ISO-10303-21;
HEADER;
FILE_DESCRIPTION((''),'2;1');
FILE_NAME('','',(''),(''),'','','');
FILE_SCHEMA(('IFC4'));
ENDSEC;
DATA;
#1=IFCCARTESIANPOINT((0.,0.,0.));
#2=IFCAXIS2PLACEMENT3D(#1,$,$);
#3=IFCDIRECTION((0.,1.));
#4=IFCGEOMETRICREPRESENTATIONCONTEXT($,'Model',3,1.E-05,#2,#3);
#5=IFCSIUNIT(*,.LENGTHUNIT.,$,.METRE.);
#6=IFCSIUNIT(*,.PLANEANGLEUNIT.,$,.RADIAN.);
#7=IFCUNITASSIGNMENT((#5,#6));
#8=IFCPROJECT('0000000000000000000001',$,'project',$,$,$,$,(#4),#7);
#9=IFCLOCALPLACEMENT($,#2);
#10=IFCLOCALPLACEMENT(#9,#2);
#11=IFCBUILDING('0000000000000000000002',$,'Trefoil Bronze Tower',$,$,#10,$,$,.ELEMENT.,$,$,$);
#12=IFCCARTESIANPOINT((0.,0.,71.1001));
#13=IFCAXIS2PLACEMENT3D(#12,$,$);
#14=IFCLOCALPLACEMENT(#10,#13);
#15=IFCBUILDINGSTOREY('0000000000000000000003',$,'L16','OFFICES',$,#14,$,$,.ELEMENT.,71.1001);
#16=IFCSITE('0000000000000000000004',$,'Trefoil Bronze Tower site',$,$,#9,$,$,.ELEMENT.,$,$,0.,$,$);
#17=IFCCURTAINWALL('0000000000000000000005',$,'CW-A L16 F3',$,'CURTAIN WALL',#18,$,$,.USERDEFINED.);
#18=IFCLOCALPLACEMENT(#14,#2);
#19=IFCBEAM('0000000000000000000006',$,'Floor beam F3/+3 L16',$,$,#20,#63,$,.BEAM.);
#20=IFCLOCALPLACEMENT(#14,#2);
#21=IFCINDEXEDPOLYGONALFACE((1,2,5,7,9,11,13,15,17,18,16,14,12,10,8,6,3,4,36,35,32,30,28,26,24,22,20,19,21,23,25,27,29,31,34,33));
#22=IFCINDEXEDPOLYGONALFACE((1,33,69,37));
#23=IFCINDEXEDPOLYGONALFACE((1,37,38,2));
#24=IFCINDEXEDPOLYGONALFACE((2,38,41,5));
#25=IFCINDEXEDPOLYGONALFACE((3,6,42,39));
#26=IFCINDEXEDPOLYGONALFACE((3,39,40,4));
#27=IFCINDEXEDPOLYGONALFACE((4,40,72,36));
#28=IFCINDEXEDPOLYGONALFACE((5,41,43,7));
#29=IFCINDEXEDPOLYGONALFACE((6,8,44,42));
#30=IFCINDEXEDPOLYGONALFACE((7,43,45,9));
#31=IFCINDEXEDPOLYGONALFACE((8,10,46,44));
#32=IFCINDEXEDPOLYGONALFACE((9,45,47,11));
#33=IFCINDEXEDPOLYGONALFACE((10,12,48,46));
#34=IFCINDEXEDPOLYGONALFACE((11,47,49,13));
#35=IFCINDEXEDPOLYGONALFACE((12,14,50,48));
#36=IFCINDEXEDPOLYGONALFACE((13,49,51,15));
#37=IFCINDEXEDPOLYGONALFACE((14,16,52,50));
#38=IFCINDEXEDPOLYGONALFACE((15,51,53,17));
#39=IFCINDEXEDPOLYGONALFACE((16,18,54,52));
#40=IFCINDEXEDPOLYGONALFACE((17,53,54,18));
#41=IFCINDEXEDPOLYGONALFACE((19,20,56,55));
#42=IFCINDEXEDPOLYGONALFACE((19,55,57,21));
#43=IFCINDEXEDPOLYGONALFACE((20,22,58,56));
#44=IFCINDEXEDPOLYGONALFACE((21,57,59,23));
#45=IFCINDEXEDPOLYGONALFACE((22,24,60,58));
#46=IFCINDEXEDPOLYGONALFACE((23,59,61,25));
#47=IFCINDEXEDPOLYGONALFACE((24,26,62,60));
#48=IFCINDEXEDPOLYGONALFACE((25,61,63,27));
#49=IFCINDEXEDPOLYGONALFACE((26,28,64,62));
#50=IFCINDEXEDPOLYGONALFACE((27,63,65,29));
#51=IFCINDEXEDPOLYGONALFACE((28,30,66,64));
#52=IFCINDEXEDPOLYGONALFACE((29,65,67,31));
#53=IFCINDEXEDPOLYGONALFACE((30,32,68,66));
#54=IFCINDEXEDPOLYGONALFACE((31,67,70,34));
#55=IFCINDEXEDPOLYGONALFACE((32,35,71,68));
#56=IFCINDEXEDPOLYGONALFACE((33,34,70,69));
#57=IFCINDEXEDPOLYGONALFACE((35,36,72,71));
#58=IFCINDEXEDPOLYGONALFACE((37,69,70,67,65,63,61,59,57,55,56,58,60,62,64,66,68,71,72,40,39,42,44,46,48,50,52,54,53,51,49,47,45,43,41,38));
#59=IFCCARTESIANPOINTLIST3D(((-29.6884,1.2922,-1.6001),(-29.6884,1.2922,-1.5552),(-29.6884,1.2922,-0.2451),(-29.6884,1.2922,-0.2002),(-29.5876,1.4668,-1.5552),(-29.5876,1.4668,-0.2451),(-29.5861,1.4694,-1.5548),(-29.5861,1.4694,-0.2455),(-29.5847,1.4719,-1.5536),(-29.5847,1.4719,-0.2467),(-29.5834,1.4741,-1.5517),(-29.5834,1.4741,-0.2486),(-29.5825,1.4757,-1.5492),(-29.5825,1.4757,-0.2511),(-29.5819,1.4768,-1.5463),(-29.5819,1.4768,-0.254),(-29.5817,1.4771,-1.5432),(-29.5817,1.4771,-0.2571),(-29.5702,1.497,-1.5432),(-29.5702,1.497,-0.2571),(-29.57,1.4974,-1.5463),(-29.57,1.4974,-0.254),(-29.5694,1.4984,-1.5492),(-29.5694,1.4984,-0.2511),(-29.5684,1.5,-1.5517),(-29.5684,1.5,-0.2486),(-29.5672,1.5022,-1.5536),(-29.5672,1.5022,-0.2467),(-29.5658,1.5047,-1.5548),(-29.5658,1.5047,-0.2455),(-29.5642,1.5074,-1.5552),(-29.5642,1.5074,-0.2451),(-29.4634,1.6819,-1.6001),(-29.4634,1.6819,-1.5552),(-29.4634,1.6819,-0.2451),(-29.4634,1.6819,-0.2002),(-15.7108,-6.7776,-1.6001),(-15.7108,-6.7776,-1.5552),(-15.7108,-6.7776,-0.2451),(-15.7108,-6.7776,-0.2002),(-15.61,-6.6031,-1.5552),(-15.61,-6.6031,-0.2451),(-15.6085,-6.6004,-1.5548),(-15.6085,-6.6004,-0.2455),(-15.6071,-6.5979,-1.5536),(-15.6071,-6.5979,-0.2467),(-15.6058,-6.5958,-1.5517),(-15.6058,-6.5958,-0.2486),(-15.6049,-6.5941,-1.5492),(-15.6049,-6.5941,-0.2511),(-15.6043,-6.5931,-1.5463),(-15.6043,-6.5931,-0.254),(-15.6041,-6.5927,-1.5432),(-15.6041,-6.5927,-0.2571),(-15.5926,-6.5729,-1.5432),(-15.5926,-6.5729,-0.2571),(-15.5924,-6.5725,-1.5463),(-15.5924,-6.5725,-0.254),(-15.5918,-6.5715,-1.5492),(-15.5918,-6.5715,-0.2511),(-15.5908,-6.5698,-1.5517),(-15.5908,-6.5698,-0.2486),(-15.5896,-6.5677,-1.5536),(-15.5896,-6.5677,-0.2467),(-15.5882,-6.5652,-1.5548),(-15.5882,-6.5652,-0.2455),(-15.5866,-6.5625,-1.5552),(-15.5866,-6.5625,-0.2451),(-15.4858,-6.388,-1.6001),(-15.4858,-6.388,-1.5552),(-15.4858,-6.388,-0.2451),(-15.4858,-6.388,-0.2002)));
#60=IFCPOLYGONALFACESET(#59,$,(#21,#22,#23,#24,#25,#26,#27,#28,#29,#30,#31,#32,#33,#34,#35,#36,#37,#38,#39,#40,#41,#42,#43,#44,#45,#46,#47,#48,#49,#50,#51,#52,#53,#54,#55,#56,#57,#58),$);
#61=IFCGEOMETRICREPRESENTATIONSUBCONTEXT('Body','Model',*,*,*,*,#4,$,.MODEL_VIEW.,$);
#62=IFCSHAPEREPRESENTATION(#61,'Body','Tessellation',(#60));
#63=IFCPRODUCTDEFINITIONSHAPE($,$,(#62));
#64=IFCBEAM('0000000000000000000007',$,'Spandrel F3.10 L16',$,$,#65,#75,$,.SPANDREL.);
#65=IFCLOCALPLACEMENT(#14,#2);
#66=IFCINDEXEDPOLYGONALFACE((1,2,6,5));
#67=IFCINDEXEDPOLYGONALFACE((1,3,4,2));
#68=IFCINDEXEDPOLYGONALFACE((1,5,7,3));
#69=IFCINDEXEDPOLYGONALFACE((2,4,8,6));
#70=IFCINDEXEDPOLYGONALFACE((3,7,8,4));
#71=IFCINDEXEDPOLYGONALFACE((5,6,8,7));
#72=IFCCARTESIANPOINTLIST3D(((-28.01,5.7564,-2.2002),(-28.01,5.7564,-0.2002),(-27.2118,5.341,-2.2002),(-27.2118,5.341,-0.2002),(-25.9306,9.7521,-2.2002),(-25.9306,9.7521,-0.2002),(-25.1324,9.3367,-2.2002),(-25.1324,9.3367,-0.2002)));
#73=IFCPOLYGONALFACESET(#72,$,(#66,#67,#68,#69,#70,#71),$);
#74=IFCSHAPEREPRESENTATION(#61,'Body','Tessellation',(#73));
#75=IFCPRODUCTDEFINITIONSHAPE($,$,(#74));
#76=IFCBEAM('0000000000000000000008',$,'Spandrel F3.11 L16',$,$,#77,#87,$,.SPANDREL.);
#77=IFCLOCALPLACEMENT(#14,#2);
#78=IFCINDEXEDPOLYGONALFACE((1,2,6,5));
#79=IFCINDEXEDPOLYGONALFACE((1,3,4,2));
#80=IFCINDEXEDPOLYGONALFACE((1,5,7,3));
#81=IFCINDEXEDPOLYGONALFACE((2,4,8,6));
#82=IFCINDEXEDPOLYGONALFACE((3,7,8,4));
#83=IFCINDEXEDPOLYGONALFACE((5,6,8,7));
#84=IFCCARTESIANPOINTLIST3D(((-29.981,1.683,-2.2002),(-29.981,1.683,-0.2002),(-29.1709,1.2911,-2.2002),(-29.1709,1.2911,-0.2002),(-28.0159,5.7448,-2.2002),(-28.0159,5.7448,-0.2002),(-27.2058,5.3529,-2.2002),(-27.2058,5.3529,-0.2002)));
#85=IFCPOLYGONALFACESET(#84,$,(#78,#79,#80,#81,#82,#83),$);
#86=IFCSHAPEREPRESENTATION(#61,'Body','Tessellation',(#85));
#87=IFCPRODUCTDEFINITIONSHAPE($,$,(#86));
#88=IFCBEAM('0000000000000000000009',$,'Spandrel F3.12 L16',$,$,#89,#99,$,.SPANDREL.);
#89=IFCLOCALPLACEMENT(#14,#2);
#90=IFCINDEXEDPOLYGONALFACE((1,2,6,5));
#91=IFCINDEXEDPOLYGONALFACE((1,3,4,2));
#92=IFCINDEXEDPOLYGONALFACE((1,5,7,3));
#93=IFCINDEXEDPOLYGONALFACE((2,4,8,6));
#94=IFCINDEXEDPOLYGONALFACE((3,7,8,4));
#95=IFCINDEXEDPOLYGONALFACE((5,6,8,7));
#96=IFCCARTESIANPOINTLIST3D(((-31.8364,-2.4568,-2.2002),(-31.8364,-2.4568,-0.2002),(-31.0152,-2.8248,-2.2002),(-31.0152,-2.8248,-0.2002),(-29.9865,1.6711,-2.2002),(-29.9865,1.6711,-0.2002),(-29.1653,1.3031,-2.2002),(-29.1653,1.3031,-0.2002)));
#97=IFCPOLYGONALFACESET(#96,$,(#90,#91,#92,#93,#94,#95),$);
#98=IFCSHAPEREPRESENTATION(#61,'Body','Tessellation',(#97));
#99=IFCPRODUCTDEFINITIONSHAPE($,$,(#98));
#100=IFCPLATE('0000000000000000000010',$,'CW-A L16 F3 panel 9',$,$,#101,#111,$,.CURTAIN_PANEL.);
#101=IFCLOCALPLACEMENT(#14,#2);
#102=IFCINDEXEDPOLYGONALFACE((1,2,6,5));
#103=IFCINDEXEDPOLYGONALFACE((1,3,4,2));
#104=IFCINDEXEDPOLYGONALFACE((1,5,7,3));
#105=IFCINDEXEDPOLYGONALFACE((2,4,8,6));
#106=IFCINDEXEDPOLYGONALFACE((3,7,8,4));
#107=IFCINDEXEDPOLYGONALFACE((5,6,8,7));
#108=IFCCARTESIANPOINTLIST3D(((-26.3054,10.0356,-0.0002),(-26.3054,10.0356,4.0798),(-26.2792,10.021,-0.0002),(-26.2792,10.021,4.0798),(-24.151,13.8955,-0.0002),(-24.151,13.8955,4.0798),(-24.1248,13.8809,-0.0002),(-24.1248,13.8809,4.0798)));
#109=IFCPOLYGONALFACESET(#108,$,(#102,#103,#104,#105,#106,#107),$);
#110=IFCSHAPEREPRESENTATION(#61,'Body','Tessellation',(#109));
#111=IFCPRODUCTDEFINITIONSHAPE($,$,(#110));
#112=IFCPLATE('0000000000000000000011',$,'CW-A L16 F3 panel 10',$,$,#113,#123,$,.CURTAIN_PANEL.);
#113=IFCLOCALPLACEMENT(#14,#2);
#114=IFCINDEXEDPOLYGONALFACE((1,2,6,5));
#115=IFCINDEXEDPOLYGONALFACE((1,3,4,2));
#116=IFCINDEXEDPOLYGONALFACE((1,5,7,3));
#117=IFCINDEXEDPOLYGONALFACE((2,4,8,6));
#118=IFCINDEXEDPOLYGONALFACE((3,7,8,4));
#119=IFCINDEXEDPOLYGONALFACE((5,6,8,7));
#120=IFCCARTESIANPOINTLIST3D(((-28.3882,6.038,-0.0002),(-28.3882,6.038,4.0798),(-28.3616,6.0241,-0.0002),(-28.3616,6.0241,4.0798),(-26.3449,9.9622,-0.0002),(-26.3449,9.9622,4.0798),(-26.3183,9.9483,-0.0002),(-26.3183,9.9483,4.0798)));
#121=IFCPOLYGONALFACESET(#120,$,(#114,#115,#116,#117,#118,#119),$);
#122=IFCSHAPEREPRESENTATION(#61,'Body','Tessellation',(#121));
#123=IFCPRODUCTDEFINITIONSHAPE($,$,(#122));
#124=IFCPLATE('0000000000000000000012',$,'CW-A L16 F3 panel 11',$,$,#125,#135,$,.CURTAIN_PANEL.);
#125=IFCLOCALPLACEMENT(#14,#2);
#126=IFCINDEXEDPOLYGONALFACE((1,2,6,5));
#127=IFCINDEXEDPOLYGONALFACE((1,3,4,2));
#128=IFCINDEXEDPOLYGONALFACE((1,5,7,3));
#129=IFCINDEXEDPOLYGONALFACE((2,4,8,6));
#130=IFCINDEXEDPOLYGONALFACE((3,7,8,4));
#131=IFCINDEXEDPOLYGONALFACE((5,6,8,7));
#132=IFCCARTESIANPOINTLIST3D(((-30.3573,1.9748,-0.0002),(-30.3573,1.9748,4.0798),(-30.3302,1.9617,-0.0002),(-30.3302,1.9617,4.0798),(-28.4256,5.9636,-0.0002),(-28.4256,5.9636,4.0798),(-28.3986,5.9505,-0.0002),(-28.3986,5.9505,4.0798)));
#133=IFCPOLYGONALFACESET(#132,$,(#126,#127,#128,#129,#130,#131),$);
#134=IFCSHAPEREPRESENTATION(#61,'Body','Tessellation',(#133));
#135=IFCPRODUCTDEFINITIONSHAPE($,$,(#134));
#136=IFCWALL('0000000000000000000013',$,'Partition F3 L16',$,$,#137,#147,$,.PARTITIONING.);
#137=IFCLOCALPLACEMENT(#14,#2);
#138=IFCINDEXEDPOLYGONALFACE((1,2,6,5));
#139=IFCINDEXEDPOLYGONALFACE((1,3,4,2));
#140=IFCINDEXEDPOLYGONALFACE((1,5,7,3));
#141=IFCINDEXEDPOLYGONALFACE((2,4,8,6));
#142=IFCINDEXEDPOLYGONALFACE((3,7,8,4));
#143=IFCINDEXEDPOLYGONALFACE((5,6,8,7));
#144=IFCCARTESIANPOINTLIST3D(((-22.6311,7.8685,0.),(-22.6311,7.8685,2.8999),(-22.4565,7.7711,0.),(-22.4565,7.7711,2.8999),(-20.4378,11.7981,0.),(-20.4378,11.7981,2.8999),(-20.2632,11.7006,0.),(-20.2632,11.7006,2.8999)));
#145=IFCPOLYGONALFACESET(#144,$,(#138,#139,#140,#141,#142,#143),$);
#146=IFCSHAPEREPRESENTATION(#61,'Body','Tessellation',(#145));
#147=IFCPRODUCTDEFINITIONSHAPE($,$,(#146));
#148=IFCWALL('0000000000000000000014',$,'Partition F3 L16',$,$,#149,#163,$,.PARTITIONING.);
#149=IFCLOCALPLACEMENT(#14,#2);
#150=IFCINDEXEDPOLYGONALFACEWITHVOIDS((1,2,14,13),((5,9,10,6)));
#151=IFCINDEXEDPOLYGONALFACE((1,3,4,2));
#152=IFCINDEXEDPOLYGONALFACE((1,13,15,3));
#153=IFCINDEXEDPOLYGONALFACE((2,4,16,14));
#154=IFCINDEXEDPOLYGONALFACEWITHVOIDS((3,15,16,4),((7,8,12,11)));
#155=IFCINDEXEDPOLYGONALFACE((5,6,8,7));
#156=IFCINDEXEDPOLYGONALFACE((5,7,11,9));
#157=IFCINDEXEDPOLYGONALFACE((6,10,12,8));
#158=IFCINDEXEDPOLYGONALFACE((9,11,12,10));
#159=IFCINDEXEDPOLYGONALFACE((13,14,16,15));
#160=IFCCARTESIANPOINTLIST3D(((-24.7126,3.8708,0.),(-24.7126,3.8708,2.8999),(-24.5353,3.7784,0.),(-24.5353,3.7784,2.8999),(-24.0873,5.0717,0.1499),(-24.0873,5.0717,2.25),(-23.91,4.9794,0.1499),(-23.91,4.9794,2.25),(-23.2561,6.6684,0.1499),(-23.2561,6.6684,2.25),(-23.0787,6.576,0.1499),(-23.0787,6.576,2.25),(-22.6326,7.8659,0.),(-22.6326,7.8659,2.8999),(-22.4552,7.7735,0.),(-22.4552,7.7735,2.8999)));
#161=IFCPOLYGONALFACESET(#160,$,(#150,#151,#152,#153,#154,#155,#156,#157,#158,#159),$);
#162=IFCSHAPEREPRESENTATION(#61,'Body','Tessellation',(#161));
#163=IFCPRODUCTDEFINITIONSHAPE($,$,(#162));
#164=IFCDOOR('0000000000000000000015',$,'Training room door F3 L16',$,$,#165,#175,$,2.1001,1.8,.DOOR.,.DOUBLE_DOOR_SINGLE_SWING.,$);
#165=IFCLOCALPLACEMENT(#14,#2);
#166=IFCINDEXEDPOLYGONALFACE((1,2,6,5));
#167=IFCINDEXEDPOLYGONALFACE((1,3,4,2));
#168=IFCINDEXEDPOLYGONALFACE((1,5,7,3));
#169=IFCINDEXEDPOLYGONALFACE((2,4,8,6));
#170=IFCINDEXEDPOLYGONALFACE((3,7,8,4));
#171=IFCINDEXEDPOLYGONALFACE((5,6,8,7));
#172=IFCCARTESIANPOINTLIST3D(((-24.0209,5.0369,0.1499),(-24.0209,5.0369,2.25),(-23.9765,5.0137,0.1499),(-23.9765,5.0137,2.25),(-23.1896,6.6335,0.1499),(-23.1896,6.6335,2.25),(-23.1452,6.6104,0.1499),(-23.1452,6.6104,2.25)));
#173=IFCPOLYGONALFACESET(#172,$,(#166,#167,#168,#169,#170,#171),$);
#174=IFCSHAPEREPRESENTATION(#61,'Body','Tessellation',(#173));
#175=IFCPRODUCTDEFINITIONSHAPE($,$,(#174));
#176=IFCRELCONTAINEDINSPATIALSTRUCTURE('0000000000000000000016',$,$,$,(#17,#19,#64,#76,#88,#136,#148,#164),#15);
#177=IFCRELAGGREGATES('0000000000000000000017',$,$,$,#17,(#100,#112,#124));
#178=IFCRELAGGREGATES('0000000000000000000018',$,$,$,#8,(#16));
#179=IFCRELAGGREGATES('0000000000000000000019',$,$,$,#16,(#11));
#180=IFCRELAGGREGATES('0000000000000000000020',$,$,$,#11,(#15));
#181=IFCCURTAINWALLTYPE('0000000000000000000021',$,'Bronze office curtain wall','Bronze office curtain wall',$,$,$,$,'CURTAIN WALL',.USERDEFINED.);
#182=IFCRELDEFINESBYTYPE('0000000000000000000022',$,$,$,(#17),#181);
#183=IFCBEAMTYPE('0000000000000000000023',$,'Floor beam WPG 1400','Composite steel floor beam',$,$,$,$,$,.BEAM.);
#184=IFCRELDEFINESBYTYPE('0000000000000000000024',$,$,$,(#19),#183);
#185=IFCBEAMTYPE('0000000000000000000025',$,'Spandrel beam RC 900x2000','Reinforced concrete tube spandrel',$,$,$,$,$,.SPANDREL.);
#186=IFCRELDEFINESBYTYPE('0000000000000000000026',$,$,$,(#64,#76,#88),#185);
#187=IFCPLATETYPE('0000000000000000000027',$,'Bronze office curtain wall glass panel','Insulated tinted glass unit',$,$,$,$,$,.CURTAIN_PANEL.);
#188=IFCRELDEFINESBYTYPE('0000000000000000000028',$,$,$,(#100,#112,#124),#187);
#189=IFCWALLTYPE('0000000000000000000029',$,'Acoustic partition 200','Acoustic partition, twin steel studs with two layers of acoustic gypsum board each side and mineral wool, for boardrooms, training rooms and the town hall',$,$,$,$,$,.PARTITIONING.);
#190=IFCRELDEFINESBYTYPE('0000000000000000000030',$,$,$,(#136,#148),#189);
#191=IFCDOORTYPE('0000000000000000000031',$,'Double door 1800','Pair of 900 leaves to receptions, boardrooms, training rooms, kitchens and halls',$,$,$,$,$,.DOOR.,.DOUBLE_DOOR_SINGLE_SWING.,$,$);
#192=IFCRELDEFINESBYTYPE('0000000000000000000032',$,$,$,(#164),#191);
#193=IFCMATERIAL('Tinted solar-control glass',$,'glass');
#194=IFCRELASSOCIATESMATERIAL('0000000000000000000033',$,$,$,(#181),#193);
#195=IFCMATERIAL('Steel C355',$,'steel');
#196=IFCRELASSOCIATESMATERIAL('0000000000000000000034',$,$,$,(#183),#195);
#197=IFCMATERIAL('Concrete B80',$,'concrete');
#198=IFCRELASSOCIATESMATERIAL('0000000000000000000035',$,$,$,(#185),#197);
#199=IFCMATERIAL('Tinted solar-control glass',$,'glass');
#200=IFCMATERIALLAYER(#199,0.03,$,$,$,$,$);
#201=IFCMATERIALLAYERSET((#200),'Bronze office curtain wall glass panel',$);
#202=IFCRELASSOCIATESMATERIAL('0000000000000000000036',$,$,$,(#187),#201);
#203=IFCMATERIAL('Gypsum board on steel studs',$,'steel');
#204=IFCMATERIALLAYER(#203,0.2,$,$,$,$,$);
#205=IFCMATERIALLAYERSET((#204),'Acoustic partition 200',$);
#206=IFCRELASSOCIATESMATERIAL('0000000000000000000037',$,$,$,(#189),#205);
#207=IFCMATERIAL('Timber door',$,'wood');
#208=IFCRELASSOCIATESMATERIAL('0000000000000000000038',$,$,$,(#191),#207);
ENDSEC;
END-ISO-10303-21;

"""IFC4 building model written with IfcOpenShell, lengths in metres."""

from ifc_helpers import new_model, si_unit, direction, frame, frame_2d, origin, origin_2d, place, context, subcontext, project, spatial, rectangle, i_section, extrude, material, layer, layer_set, material_profile, profile_set, type_object, element, fill, aggregate, save


model = new_model("IFC4")

# Units and contexts
model_context = context("Model", 3, precision=1e-05, world=origin(), true_north=direction((0.0, 1.0)))
body_context = subcontext(model_context, "Body", "Model", "MODEL_VIEW")
ifc_project = project(units=[si_unit("LENGTHUNIT", "METRE"), si_unit("PLANEANGLEUNIT", "RADIAN")], contexts=[model_context])

# Site, building, storey
site_placement = place(None, origin())
site = spatial("IfcSite", under=ifc_project, at=site_placement, Name="Trefoil Bronze Tower site", CompositionType="ELEMENT", RefElevation=0.0)
building_placement = place(site_placement, origin())
building = spatial("IfcBuilding", under=site, at=building_placement, Name="Trefoil Bronze Tower", CompositionType="ELEMENT")
storey_placement = place(building_placement, frame((0.0, 0.0, 71.1001)))
storey = spatial("IfcBuildingStorey", under=building, at=storey_placement, Name="L16", Description="OFFICES", CompositionType="ELEMENT", Elevation=71.1001)

# Curtain wall
ifc_material_1 = material(Name="Tinted solar-control glass", Category="glass")
curtain_wall_type = type_object("IfcCurtainWallType", Name="Bronze office curtain wall", Description="Bronze office curtain wall", ElementType="CURTAIN WALL", PredefinedType="USERDEFINED", material=ifc_material_1)
curtain_wall_placement = place(storey_placement, origin())
curtain_wall = element("IfcCurtainWall", 1, at=curtain_wall_placement, inside=storey, type_object=curtain_wall_type, Name="CW-A L16 F3", ObjectType="CURTAIN WALL", PredefinedType="USERDEFINED")

# Beams
ifc_material_2 = material(Name="Steel C355", Category="steel")
ifc_material_profile_1 = material_profile(ifc_material_2, i_section(OverallWidth=0.45, OverallDepth=1.3999, WebThickness=0.0229, FlangeThickness=0.0449, FilletRadius=0.012, at=origin_2d()), Name="WPG 1400")
ifc_profile_set_1 = profile_set([ifc_material_profile_1], Name="Steel C355")
beam_type_1 = type_object("IfcBeamType", Name="Floor beam WPG 1400", Description="Composite steel floor beam", PredefinedType="BEAM", material=ifc_profile_set_1)
beam_1_placement = place(storey_placement, frame((-29.5759, 1.4871, -0.9001), z_axis=(0.866028, -0.499995, 0.0), x_axis=(0.499995, 0.866028, 0.0)))
element("IfcBeam", 2, at=beam_1_placement, inside=storey, type_object=beam_type_1, Name="Floor beam F3/+3 L16", PredefinedType="BEAM", context=body_context, shape_type="SweptSolid", body=[
    extrude(i_section(OverallWidth=0.45, OverallDepth=1.3999, WebThickness=0.0229, FlangeThickness=0.0449, FilletRadius=0.012, at=origin_2d()), origin(), (0.0, 0.0, 1.0), 16.1399),
])
ifc_material_3 = material(Name="Concrete B80", Category="concrete")
ifc_material_profile_2 = material_profile(ifc_material_3, rectangle(XDim=0.8999, YDim=2.0, at=origin_2d()), Name="RC 900x2000")
ifc_profile_set_2 = profile_set([ifc_material_profile_2], Name="Concrete B80")
beam_type_2 = type_object("IfcBeamType", Name="Spandrel beam RC 900x2000", Description="Reinforced concrete tube spandrel", PredefinedType="SPANDREL", material=ifc_profile_set_2)
beam_2_placement = place(storey_placement, frame((-25.5315, 9.5444, -1.2002), z_axis=(-0.461638, -0.887069, 0.0), x_axis=(0.887069, -0.461638, 0.0)))
element("IfcBeam", 3, at=beam_2_placement, inside=storey, type_object=beam_type_2, Name="Spandrel F3.10 L16", PredefinedType="SPANDREL", context=body_context, shape_type="SweptSolid", body=[
    extrude(rectangle(XDim=0.8999, YDim=2.0, at=origin_2d()), origin(), (0.0, 0.0, 1.0), 4.5044),
])
beam_3_placement = place(storey_placement, frame((-27.6108, 5.5488, -1.2002), z_axis=(-0.43551, -0.900184, 0.0), x_axis=(0.900184, -0.43551, 0.0)))
element("IfcBeam", 4, at=beam_3_placement, inside=storey, type_object=beam_type_2, Name="Spandrel F3.11 L16", PredefinedType="SPANDREL", context=body_context, shape_type="SweptSolid", body=[
    extrude(rectangle(XDim=0.8999, YDim=2.0, at=origin_2d()), origin(), (0.0, 0.0, 1.0), 4.5122),
])
beam_4_placement = place(storey_placement, frame((-29.5759, 1.4871, -1.2002), z_axis=(-0.408946, -0.912559, 0.0), x_axis=(0.912559, -0.408946, 0.0)))
element("IfcBeam", 5, at=beam_4_placement, inside=storey, type_object=beam_type_2, Name="Spandrel F3.12 L16", PredefinedType="SPANDREL", context=body_context, shape_type="SweptSolid", body=[
    extrude(rectangle(XDim=0.8999, YDim=2.0, at=origin_2d()), origin(), (0.0, 0.0, 1.0), 4.5234),
])

# Plates
ifc_material_4 = material(Name="Tinted solar-control glass", Category="glass")
ifc_layer_1 = layer(ifc_material_4, 0.03)
ifc_layer_set_1 = layer_set([ifc_layer_1], Name="Bronze office curtain wall glass panel")
plate_type = type_object("IfcPlateType", Name="Bronze office curtain wall glass panel", Description="Insulated tinted glass unit", PredefinedType="CURTAIN_PANEL", material=ifc_layer_set_1)
plate_1_placement = place(storey_placement, frame((-25.2151, 11.9583, -0.0002), z_axis=(0.0, 0.0, 1.0), x_axis=(-0.487382, -0.873189, 0.0)))
plate_1 = element("IfcPlate", 6, at=plate_1_placement, type_object=plate_type, Name="CW-A L16 F3 panel 9", PredefinedType="CURTAIN_PANEL", context=body_context, shape_type="SweptSolid", body=[
    extrude(rectangle(XDim=4.4204, YDim=0.03, at=origin_2d()), origin(), (0.0, 0.0, 1.0), 4.0801),
])
plate_2_placement = place(storey_placement, frame((-27.3533, 7.9932, -0.0002), z_axis=(0.0, 0.0, 1.0), x_axis=(-0.46183, -0.886969, 0.0)))
plate_2 = element("IfcPlate", 7, at=plate_2_placement, type_object=plate_type, Name="CW-A L16 F3 panel 10", PredefinedType="CURTAIN_PANEL", context=body_context, shape_type="SweptSolid", body=[
    extrude(rectangle(XDim=4.4243, YDim=0.03, at=origin_2d()), origin(), (0.0, 0.0, 1.0), 4.0801),
])
plate_3_placement = place(storey_placement, frame((-29.3779, 3.9626, -0.0002), z_axis=(0.0, 0.0, 1.0), x_axis=(-0.435855, -0.900017, 0.0)))
plate_3 = element("IfcPlate", 8, at=plate_3_placement, type_object=plate_type, Name="CW-A L16 F3 panel 11", PredefinedType="CURTAIN_PANEL", context=body_context, shape_type="SweptSolid", body=[
    extrude(rectangle(XDim=4.4319, YDim=0.03, at=origin_2d()), origin(), (0.0, 0.0, 1.0), 4.0801),
])
aggregate(curtain_wall, [plate_1, plate_2, plate_3])

# Wall
ifc_material_5 = material(Name="Gypsum board on steel studs", Category="steel")
ifc_layer_2 = layer(ifc_material_5, 0.2)
ifc_layer_set_2 = layer_set([ifc_layer_2], Name="Acoustic partition 200")
wall_type_1 = type_object("IfcWallType", Name="Acoustic partition 200", Description="Acoustic partition, twin steel studs with two layers of acoustic gypsum board each side and mineral wool, for boardrooms, training rooms and the town hall", PredefinedType="PARTITIONING", material=ifc_layer_set_2)
wall_1_placement = place(storey_placement, frame((-20.3506, 11.7493, 0.0), z_axis=(0.0, 0.0, 1.0), x_axis=(-0.487374, -0.873193, 0.0)))
element("IfcWall", 9, at=wall_1_placement, inside=storey, type_object=wall_type_1, Name="Partition F3 L16", PredefinedType="PARTITIONING", context=body_context, shape_type="SweptSolid", body=[
    extrude(rectangle(XDim=4.5002, YDim=0.2, at=frame_2d((2.25, 0.0))), origin(), (0.0, 0.0, 1.0), 2.8999),
])

# Wall, opening, door
wall_2_placement = place(storey_placement, frame((-22.5439, 7.8196, 0.0), z_axis=(0.0, 0.0, 1.0), x_axis=(-0.46181, -0.886979, 0.0)))
wall_2 = element("IfcWall", 10, at=wall_2_placement, inside=storey, type_object=wall_type_1, Name="Partition F3 L16", PredefinedType="PARTITIONING", context=body_context, shape_type="SweptSolid", body=[
    extrude(rectangle(XDim=4.5042, YDim=0.2, at=frame_2d((2.252, 0.0))), origin(), (0.0, 0.0, 1.0), 2.8999),
])
opening_1_placement = place(wall_2_placement, frame((1.3501, 0.0, 0.1499)))
opening_1 = element("IfcOpeningElement", 11, at=opening_1_placement, cuts=wall_2, PredefinedType="OPENING", context=body_context, shape_type="SweptSolid", body=[
    extrude(rectangle(XDim=1.8, YDim=2.1001, at=frame_2d((0.8999, 1.05))), frame((0.0, 0.1099, 0.0), z_axis=(0.0, -1.0, 0.0), x_axis=(1.0, 0.0, 0.0)), (0.0, 0.0, 1.0), 0.22),
])
ifc_material_6 = material(Name="Timber door", Category="wood")
door_type_1 = type_object("IfcDoorType", Name="Double door 1800", Description="Pair of 900 leaves to receptions, boardrooms, training rooms, kitchens and halls", OperationType="DOUBLE_DOOR_SINGLE_SWING", PredefinedType="DOOR", material=ifc_material_6)
door_1_placement = place(opening_1_placement, frame((1.8, 0.0, 0.0), z_axis=(0.0, 0.0, 1.0), x_axis=(-1.0, 0.0, 0.0)))
door_1 = element("IfcDoor", 12, at=door_1_placement, inside=storey, type_object=door_type_1, Name="Training room door F3 L16", OperationType="DOUBLE_DOOR_SINGLE_SWING", OverallHeight=2.1001, OverallWidth=1.8, PredefinedType="DOOR", context=body_context, shape_type="SweptSolid", body=[
    extrude(rectangle(XDim=1.8, YDim=2.1001, at=frame_2d((0.8999, 1.05))), frame((0.0, 0.0249, 0.0), z_axis=(0.0, -1.0, 0.0), x_axis=(1.0, 0.0, 0.0)), (0.0, 0.0, 1.0), 0.05),
])
fill(opening_1, door_1)

save(model, "model.ifc")
